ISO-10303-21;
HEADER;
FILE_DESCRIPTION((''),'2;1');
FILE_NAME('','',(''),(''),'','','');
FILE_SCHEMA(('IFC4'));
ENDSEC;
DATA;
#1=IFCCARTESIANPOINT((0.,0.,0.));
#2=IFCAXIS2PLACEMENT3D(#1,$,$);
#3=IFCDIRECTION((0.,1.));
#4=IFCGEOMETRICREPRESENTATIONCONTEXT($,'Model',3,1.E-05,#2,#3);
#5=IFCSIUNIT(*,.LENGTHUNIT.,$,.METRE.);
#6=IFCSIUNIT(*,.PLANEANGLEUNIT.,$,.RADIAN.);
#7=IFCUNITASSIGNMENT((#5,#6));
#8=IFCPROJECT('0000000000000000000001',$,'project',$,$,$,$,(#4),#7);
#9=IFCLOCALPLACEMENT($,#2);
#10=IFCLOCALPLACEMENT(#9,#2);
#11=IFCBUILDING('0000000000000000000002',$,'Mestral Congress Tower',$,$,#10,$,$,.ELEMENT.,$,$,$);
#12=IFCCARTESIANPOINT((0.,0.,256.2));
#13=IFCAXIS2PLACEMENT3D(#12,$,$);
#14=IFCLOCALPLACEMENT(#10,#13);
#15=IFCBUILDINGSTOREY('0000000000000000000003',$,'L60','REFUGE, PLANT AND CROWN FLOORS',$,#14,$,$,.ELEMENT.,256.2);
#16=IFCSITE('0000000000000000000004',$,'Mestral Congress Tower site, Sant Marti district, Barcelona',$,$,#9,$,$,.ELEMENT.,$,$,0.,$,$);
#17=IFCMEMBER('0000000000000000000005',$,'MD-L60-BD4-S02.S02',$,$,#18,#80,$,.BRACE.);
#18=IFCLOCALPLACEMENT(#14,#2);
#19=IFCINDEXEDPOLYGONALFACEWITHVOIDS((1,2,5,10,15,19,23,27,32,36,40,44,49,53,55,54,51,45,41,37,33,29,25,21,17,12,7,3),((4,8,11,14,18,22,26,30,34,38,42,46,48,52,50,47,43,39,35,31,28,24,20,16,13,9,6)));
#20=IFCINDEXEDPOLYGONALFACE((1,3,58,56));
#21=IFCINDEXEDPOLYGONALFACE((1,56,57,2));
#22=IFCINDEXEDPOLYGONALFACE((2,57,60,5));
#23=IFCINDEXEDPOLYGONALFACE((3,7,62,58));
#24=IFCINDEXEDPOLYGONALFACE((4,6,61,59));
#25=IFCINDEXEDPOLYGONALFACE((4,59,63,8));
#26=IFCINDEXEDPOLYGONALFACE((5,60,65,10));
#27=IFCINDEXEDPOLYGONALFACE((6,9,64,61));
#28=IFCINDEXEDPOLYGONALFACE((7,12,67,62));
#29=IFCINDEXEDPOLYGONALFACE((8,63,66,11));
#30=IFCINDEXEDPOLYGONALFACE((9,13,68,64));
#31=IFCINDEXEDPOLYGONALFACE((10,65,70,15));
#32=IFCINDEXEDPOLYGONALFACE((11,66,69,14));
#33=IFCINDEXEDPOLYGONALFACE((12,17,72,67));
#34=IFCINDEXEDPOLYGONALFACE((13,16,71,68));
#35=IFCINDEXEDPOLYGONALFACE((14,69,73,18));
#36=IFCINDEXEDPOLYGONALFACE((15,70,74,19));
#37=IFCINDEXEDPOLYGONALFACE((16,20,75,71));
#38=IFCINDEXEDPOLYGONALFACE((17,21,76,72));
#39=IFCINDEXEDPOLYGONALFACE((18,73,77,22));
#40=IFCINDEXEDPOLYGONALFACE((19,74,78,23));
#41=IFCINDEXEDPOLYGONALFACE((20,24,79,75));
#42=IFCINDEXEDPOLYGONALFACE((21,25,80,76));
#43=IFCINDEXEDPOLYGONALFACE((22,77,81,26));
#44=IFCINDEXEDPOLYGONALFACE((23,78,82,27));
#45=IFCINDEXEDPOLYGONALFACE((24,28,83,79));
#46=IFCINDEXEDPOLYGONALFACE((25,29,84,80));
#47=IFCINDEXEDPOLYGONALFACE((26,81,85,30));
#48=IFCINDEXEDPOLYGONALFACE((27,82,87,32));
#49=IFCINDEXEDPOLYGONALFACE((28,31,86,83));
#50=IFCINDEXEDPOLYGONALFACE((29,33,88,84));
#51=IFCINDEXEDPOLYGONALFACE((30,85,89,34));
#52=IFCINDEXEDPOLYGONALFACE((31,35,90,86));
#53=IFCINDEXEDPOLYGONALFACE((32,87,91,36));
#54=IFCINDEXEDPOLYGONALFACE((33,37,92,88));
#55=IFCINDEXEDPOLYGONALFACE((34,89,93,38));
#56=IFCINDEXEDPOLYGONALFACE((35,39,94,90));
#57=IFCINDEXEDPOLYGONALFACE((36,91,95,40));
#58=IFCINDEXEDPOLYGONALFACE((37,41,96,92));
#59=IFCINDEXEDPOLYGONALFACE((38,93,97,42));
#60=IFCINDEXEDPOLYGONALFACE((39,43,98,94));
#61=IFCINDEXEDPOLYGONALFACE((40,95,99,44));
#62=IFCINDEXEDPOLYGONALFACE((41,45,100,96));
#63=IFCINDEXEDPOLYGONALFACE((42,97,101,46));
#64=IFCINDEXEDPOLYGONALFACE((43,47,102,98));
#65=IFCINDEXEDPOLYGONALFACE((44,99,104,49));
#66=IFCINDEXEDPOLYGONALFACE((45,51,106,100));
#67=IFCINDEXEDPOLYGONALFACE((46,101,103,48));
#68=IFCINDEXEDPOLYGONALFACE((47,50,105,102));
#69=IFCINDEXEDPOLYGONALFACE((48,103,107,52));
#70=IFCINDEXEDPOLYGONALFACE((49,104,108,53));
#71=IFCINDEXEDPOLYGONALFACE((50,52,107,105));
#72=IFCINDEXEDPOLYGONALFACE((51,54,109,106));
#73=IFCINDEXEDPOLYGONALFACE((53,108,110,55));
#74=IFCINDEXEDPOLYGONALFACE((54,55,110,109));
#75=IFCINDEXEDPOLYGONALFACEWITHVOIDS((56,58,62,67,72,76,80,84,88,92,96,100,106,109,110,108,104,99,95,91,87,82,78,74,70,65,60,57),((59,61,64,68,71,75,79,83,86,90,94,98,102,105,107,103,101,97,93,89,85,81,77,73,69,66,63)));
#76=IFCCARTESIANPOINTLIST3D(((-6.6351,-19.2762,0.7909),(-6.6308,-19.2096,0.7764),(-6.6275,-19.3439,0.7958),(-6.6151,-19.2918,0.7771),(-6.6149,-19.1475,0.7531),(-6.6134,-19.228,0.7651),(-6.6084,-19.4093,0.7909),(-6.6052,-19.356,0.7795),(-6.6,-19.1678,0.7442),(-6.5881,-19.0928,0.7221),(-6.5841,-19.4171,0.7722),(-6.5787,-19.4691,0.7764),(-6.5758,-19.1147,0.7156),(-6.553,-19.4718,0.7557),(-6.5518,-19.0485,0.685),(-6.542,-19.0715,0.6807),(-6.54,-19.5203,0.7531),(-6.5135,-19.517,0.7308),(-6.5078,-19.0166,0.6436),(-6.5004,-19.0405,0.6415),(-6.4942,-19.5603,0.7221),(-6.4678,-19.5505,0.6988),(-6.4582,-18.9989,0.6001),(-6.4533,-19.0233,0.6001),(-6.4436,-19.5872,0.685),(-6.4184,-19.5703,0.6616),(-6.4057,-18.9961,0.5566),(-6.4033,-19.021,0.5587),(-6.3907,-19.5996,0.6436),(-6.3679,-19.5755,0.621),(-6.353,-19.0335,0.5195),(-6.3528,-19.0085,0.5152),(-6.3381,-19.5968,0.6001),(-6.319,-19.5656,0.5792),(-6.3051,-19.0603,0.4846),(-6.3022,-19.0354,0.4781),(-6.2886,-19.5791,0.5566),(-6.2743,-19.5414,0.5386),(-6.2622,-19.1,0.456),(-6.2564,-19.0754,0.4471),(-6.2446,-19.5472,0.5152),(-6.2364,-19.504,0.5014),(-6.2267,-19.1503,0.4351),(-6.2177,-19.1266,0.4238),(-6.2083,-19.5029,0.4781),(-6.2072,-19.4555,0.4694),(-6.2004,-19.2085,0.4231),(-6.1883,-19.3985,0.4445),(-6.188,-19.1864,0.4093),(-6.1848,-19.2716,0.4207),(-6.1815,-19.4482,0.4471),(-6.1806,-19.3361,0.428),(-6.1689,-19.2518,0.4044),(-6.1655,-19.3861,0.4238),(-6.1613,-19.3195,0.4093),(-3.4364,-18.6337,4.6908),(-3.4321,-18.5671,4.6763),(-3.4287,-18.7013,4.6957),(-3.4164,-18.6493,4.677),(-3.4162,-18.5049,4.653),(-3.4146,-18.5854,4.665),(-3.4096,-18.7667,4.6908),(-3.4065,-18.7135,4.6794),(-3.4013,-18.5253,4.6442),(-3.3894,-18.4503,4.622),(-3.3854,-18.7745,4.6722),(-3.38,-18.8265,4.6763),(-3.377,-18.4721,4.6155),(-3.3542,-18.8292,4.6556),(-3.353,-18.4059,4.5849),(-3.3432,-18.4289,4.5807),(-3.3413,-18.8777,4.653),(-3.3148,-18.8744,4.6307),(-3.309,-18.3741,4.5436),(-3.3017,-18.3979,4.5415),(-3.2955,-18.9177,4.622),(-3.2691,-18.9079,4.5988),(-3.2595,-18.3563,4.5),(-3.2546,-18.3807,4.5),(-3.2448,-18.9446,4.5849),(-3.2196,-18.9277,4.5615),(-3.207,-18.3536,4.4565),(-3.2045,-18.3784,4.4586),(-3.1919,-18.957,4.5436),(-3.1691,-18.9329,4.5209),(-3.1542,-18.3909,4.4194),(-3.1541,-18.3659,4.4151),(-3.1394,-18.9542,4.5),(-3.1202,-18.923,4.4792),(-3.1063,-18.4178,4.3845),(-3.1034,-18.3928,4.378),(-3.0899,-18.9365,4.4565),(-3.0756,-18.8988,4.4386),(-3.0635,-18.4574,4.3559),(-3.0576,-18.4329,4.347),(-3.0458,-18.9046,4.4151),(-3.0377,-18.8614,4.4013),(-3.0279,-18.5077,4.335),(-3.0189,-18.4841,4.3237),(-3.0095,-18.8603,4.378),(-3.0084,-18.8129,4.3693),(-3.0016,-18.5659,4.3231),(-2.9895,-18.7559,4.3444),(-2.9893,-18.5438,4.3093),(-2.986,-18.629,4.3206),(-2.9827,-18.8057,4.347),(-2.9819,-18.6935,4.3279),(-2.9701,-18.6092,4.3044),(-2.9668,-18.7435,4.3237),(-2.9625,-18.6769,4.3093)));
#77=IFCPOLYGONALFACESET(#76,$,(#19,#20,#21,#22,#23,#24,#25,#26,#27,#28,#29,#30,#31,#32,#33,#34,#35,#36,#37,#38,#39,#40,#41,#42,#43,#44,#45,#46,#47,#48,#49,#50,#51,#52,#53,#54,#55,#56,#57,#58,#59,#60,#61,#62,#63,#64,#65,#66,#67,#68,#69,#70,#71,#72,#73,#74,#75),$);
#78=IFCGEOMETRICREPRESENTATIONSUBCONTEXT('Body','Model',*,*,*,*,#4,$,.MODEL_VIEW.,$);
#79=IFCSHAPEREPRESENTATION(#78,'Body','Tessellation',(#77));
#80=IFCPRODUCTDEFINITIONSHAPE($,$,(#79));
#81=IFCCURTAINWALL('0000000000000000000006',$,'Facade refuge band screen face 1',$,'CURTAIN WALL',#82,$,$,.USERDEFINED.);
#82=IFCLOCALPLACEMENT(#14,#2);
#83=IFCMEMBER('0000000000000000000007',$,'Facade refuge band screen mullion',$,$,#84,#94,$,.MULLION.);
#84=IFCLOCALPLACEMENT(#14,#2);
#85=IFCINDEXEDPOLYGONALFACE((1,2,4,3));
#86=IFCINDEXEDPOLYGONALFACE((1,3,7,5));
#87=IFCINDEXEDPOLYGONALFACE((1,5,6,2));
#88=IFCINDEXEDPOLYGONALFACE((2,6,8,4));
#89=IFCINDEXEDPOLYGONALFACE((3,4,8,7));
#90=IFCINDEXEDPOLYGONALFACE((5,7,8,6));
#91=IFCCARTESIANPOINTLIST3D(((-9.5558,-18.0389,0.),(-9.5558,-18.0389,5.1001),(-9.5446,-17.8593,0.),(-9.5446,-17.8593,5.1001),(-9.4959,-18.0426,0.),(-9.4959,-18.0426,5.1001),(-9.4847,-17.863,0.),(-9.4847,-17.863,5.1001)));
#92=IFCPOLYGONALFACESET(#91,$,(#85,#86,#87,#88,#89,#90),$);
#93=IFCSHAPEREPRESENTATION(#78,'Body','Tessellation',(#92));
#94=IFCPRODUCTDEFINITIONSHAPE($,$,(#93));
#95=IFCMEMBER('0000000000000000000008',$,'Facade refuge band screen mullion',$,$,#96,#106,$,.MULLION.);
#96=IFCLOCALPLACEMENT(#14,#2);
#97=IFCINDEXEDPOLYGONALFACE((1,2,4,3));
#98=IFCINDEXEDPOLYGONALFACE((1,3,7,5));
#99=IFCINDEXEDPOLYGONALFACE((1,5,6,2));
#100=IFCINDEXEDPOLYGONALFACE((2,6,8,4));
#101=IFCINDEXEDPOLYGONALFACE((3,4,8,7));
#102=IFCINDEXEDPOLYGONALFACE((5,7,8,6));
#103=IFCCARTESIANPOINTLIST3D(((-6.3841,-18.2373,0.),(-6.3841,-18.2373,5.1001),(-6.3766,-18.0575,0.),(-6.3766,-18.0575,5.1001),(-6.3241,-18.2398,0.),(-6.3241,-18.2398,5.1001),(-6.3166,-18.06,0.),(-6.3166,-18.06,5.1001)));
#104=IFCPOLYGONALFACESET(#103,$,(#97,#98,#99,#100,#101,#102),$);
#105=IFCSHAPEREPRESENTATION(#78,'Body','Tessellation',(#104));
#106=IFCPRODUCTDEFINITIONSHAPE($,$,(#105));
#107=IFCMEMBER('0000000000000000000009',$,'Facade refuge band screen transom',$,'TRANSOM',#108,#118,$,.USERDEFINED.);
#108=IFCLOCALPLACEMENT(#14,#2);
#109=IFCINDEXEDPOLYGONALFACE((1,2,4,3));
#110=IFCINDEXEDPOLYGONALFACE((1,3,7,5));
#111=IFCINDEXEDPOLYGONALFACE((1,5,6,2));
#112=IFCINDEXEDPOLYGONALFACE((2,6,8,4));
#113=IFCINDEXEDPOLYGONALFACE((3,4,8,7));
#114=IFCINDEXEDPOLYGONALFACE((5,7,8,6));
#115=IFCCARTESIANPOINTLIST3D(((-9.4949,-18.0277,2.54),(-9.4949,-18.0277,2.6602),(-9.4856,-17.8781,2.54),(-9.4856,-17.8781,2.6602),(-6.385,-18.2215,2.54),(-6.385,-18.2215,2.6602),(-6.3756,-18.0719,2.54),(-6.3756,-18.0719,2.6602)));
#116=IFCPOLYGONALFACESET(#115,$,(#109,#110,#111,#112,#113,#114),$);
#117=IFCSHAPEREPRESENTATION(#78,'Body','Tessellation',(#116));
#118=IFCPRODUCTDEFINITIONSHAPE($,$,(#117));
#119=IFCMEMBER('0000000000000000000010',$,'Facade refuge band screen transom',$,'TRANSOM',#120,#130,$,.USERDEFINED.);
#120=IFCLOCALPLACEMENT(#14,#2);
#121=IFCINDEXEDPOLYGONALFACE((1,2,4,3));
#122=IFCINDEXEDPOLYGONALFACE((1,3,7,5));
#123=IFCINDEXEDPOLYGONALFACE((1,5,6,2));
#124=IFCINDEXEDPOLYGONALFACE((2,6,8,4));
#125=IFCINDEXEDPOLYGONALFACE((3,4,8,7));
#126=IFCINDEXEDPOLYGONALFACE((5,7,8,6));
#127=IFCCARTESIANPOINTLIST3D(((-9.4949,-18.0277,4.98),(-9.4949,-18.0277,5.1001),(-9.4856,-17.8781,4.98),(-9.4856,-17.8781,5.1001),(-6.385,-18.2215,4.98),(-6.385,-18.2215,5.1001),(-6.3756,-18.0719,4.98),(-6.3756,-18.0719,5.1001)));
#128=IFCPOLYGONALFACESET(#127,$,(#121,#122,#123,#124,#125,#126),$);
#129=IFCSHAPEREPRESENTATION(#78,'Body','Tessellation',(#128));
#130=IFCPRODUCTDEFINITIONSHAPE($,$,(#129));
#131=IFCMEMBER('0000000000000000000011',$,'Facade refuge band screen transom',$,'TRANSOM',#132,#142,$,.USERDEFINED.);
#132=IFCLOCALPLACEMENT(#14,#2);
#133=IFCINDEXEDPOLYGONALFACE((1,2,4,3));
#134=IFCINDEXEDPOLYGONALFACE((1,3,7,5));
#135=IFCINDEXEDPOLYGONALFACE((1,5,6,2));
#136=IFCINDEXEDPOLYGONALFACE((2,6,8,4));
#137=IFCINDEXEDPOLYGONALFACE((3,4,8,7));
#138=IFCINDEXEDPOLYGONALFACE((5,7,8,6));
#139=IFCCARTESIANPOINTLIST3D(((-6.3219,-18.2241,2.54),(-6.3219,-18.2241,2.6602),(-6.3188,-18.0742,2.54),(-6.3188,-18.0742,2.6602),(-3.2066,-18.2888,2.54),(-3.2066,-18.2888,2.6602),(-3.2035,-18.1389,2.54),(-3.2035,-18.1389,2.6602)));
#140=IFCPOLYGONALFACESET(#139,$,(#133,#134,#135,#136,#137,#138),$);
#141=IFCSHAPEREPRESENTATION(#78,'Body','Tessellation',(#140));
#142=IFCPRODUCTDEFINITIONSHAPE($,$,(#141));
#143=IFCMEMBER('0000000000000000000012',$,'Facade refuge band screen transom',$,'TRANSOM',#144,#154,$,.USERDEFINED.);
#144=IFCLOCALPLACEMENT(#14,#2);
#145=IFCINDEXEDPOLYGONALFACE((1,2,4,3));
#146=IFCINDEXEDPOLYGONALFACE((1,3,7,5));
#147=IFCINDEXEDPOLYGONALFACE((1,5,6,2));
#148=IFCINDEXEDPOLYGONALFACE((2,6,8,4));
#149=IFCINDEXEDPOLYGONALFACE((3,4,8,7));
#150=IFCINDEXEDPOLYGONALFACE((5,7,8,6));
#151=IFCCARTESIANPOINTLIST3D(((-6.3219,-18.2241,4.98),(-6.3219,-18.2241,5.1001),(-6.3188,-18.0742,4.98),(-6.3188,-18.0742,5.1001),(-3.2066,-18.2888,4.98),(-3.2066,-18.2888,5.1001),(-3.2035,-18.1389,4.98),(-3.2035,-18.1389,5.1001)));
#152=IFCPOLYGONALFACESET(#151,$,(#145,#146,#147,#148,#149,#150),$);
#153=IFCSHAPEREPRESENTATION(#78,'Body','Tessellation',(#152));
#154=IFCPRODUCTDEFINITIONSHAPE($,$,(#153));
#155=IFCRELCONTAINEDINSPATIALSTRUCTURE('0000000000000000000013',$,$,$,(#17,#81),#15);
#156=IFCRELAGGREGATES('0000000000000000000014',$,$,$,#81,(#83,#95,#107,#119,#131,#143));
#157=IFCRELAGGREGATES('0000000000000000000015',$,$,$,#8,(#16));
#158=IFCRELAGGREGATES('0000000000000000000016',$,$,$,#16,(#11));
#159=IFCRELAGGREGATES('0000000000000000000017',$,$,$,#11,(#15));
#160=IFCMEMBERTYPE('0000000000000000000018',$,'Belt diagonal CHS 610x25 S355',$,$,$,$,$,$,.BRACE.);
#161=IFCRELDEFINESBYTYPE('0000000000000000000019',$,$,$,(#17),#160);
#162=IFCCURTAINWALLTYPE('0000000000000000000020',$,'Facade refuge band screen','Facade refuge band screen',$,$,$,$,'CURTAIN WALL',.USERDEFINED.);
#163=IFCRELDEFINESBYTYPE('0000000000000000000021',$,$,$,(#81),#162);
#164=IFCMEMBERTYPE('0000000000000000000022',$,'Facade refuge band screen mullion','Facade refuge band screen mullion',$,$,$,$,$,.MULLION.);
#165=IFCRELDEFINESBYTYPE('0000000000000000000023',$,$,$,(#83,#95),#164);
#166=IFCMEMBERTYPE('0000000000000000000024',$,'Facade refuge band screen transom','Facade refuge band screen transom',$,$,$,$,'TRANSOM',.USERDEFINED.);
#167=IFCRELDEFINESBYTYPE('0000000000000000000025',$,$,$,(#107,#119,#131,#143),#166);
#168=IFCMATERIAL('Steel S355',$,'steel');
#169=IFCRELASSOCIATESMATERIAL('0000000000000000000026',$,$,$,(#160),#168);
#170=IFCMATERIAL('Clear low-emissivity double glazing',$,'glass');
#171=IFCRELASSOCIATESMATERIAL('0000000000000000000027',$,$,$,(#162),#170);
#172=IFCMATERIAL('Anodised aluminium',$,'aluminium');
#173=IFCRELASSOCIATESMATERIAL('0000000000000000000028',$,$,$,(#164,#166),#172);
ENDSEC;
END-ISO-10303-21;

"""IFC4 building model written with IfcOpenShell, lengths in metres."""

from ifc_helpers import new_model, si_unit, direction, frame, origin, origin_2d, place, context, subcontext, project, spatial, rectangle, hollow_circle, extrude, material, material_profile, profile_set, type_object, element, aggregate, save


model = new_model("IFC4")

# Units and contexts
model_context = context("Model", 3, precision=1e-05, world=origin(), true_north=direction((0.0, 1.0)))
body_context = subcontext(model_context, "Body", "Model", "MODEL_VIEW")
ifc_project = project(units=[si_unit("LENGTHUNIT", "METRE"), si_unit("PLANEANGLEUNIT", "RADIAN")], contexts=[model_context])

# Site, building, storey
site_placement = place(None, origin())
site = spatial("IfcSite", under=ifc_project, at=site_placement, Name="Mestral Congress Tower site, Sant Marti district, Barcelona", CompositionType="ELEMENT", RefElevation=0.0)
building_placement = place(site_placement, origin())
building = spatial("IfcBuilding", under=site, at=building_placement, Name="Mestral Congress Tower", CompositionType="ELEMENT")
storey_placement = place(building_placement, frame((0.0, 0.0, 256.2)))
storey = spatial("IfcBuildingStorey", under=building, at=storey_placement, Name="L60", Description="REFUGE, PLANT AND CROWN FLOORS", CompositionType="ELEMENT", Elevation=256.2)

# Member
ifc_material_1 = material(Name="Steel S355", Category="steel")
ifc_material_profile_1 = material_profile(ifc_material_1, hollow_circle(Radius=0.3049, WallThickness=0.0249, at=origin_2d()), Name="CHS 610x25")
ifc_profile_set_1 = profile_set([ifc_material_profile_1], Name="Steel S355")
member_type_1 = type_object("IfcMemberType", Name="Belt diagonal CHS 610x25 S355", PredefinedType="BRACE", material=ifc_profile_set_1)
member_1_placement = place(storey_placement, frame((-6.3982, -19.2979, 0.6001), z_axis=(0.629091, 0.126375, 0.76699), x_axis=(-0.196951, 0.980413, 0.0)))
element("IfcMember", 1, at=member_1_placement, inside=storey, type_object=member_type_1, Name="MD-L60-BD4-S02.S02", PredefinedType="BRACE", context=body_context, shape_type="SweptSolid", body=[
    extrude(hollow_circle(Radius=0.3049, WallThickness=0.0249, at=origin_2d()), origin(), (0.0, 0.0, 1.0), 5.0847),
])

# Curtain wall, members
ifc_material_2 = material(Name="Clear low-emissivity double glazing", Category="glass")
curtain_wall_type = type_object("IfcCurtainWallType", Name="Facade refuge band screen", Description="Facade refuge band screen", ElementType="CURTAIN WALL", PredefinedType="USERDEFINED", material=ifc_material_2)
curtain_wall_placement = place(storey_placement, origin())
curtain_wall = element("IfcCurtainWall", 2, at=curtain_wall_placement, inside=storey, type_object=curtain_wall_type, Name="Facade refuge band screen face 1", ObjectType="CURTAIN WALL", PredefinedType="USERDEFINED")
ifc_material_3 = material(Name="Anodised aluminium", Category="aluminium")
ifc_material_profile_2 = material_profile(ifc_material_3, rectangle(XDim=0.1799, YDim=0.0601, at=origin_2d()), Name="CW3 mullion 180 x 60")
ifc_profile_set_2 = profile_set([ifc_material_profile_2], Name="Anodised aluminium")
member_type_2 = type_object("IfcMemberType", Name="Facade refuge band screen mullion", Description="Facade refuge band screen mullion", PredefinedType="MULLION", material=ifc_profile_set_2)
member_2_placement = place(storey_placement, frame((-9.5203, -17.9509, 0.0), z_axis=(0.0, 0.0, 1.0), x_axis=(-0.062217, -0.998063, 0.0)))
member_2 = element("IfcMember", 3, at=member_2_placement, type_object=member_type_2, Name="Facade refuge band screen mullion", PredefinedType="MULLION", context=body_context, shape_type="SweptSolid", body=[
    extrude(rectangle(XDim=0.1799, YDim=0.0601, at=origin_2d()), origin(), (0.0, 0.0, 1.0), 5.1001),
])
member_3_placement = place(storey_placement, frame((-6.3503, -18.1487, 0.0), z_axis=(0.0, 0.0, 1.0), x_axis=(-0.041492, -0.999139, 0.0)))
member_3 = element("IfcMember", 4, at=member_3_placement, type_object=member_type_2, Name="Facade refuge band screen mullion", PredefinedType="MULLION", context=body_context, shape_type="SweptSolid", body=[
    extrude(rectangle(XDim=0.1799, YDim=0.0601, at=origin_2d()), origin(), (0.0, 0.0, 1.0), 5.1001),
])
ifc_material_profile_3 = material_profile(ifc_material_3, rectangle(XDim=0.1499, YDim=0.1201, at=origin_2d()), Name="CW3 transom 150 x 120")
ifc_profile_set_3 = profile_set([ifc_material_profile_3], Name="Anodised aluminium")
member_type_3 = type_object("IfcMemberType", Name="Facade refuge band screen transom", Description="Facade refuge band screen transom", ElementType="TRANSOM", PredefinedType="USERDEFINED", material=ifc_profile_set_3)
member_4_placement = place(storey_placement, frame((-9.4902, -17.9529, 2.6001), z_axis=(0.998063, -0.062212, 0.0), x_axis=(0.062212, 0.998063, 0.0)))
member_4 = element("IfcMember", 5, at=member_4_placement, type_object=member_type_3, Name="Facade refuge band screen transom", ObjectType="TRANSOM", PredefinedType="USERDEFINED", context=body_context, shape_type="SweptSolid", body=[
    extrude(rectangle(XDim=0.1499, YDim=0.1201, at=origin_2d()), origin(), (0.0, 0.0, 1.0), 3.116),
])
member_5_placement = place(storey_placement, frame((-9.4902, -17.9529, 5.04), z_axis=(0.998063, -0.062212, 0.0), x_axis=(0.062212, 0.998063, 0.0)))
member_5 = element("IfcMember", 6, at=member_5_placement, type_object=member_type_3, Name="Facade refuge band screen transom", ObjectType="TRANSOM", PredefinedType="USERDEFINED", context=body_context, shape_type="SweptSolid", body=[
    extrude(rectangle(XDim=0.1499, YDim=0.1201, at=origin_2d()), origin(), (0.0, 0.0, 1.0), 3.116),
])
member_6_placement = place(storey_placement, frame((-6.3203, -18.1492, 2.6001), z_axis=(0.999784, -0.020764, 0.0), x_axis=(0.020764, 0.999784, 0.0)))
member_6 = element("IfcMember", 7, at=member_6_placement, type_object=member_type_3, Name="Facade refuge band screen transom", ObjectType="TRANSOM", PredefinedType="USERDEFINED", context=body_context, shape_type="SweptSolid", body=[
    extrude(rectangle(XDim=0.1499, YDim=0.1201, at=origin_2d()), origin(), (0.0, 0.0, 1.0), 3.116),
])
member_7_placement = place(storey_placement, frame((-6.3203, -18.1492, 5.04), z_axis=(0.999784, -0.020764, 0.0), x_axis=(0.020764, 0.999784, 0.0)))
member_7 = element("IfcMember", 8, at=member_7_placement, type_object=member_type_3, Name="Facade refuge band screen transom", ObjectType="TRANSOM", PredefinedType="USERDEFINED", context=body_context, shape_type="SweptSolid", body=[
    extrude(rectangle(XDim=0.1499, YDim=0.1201, at=origin_2d()), origin(), (0.0, 0.0, 1.0), 3.116),
])

aggregate(curtain_wall, [member_2, member_3, member_4, member_5, member_6, member_7])

save(model, "model.ifc")
